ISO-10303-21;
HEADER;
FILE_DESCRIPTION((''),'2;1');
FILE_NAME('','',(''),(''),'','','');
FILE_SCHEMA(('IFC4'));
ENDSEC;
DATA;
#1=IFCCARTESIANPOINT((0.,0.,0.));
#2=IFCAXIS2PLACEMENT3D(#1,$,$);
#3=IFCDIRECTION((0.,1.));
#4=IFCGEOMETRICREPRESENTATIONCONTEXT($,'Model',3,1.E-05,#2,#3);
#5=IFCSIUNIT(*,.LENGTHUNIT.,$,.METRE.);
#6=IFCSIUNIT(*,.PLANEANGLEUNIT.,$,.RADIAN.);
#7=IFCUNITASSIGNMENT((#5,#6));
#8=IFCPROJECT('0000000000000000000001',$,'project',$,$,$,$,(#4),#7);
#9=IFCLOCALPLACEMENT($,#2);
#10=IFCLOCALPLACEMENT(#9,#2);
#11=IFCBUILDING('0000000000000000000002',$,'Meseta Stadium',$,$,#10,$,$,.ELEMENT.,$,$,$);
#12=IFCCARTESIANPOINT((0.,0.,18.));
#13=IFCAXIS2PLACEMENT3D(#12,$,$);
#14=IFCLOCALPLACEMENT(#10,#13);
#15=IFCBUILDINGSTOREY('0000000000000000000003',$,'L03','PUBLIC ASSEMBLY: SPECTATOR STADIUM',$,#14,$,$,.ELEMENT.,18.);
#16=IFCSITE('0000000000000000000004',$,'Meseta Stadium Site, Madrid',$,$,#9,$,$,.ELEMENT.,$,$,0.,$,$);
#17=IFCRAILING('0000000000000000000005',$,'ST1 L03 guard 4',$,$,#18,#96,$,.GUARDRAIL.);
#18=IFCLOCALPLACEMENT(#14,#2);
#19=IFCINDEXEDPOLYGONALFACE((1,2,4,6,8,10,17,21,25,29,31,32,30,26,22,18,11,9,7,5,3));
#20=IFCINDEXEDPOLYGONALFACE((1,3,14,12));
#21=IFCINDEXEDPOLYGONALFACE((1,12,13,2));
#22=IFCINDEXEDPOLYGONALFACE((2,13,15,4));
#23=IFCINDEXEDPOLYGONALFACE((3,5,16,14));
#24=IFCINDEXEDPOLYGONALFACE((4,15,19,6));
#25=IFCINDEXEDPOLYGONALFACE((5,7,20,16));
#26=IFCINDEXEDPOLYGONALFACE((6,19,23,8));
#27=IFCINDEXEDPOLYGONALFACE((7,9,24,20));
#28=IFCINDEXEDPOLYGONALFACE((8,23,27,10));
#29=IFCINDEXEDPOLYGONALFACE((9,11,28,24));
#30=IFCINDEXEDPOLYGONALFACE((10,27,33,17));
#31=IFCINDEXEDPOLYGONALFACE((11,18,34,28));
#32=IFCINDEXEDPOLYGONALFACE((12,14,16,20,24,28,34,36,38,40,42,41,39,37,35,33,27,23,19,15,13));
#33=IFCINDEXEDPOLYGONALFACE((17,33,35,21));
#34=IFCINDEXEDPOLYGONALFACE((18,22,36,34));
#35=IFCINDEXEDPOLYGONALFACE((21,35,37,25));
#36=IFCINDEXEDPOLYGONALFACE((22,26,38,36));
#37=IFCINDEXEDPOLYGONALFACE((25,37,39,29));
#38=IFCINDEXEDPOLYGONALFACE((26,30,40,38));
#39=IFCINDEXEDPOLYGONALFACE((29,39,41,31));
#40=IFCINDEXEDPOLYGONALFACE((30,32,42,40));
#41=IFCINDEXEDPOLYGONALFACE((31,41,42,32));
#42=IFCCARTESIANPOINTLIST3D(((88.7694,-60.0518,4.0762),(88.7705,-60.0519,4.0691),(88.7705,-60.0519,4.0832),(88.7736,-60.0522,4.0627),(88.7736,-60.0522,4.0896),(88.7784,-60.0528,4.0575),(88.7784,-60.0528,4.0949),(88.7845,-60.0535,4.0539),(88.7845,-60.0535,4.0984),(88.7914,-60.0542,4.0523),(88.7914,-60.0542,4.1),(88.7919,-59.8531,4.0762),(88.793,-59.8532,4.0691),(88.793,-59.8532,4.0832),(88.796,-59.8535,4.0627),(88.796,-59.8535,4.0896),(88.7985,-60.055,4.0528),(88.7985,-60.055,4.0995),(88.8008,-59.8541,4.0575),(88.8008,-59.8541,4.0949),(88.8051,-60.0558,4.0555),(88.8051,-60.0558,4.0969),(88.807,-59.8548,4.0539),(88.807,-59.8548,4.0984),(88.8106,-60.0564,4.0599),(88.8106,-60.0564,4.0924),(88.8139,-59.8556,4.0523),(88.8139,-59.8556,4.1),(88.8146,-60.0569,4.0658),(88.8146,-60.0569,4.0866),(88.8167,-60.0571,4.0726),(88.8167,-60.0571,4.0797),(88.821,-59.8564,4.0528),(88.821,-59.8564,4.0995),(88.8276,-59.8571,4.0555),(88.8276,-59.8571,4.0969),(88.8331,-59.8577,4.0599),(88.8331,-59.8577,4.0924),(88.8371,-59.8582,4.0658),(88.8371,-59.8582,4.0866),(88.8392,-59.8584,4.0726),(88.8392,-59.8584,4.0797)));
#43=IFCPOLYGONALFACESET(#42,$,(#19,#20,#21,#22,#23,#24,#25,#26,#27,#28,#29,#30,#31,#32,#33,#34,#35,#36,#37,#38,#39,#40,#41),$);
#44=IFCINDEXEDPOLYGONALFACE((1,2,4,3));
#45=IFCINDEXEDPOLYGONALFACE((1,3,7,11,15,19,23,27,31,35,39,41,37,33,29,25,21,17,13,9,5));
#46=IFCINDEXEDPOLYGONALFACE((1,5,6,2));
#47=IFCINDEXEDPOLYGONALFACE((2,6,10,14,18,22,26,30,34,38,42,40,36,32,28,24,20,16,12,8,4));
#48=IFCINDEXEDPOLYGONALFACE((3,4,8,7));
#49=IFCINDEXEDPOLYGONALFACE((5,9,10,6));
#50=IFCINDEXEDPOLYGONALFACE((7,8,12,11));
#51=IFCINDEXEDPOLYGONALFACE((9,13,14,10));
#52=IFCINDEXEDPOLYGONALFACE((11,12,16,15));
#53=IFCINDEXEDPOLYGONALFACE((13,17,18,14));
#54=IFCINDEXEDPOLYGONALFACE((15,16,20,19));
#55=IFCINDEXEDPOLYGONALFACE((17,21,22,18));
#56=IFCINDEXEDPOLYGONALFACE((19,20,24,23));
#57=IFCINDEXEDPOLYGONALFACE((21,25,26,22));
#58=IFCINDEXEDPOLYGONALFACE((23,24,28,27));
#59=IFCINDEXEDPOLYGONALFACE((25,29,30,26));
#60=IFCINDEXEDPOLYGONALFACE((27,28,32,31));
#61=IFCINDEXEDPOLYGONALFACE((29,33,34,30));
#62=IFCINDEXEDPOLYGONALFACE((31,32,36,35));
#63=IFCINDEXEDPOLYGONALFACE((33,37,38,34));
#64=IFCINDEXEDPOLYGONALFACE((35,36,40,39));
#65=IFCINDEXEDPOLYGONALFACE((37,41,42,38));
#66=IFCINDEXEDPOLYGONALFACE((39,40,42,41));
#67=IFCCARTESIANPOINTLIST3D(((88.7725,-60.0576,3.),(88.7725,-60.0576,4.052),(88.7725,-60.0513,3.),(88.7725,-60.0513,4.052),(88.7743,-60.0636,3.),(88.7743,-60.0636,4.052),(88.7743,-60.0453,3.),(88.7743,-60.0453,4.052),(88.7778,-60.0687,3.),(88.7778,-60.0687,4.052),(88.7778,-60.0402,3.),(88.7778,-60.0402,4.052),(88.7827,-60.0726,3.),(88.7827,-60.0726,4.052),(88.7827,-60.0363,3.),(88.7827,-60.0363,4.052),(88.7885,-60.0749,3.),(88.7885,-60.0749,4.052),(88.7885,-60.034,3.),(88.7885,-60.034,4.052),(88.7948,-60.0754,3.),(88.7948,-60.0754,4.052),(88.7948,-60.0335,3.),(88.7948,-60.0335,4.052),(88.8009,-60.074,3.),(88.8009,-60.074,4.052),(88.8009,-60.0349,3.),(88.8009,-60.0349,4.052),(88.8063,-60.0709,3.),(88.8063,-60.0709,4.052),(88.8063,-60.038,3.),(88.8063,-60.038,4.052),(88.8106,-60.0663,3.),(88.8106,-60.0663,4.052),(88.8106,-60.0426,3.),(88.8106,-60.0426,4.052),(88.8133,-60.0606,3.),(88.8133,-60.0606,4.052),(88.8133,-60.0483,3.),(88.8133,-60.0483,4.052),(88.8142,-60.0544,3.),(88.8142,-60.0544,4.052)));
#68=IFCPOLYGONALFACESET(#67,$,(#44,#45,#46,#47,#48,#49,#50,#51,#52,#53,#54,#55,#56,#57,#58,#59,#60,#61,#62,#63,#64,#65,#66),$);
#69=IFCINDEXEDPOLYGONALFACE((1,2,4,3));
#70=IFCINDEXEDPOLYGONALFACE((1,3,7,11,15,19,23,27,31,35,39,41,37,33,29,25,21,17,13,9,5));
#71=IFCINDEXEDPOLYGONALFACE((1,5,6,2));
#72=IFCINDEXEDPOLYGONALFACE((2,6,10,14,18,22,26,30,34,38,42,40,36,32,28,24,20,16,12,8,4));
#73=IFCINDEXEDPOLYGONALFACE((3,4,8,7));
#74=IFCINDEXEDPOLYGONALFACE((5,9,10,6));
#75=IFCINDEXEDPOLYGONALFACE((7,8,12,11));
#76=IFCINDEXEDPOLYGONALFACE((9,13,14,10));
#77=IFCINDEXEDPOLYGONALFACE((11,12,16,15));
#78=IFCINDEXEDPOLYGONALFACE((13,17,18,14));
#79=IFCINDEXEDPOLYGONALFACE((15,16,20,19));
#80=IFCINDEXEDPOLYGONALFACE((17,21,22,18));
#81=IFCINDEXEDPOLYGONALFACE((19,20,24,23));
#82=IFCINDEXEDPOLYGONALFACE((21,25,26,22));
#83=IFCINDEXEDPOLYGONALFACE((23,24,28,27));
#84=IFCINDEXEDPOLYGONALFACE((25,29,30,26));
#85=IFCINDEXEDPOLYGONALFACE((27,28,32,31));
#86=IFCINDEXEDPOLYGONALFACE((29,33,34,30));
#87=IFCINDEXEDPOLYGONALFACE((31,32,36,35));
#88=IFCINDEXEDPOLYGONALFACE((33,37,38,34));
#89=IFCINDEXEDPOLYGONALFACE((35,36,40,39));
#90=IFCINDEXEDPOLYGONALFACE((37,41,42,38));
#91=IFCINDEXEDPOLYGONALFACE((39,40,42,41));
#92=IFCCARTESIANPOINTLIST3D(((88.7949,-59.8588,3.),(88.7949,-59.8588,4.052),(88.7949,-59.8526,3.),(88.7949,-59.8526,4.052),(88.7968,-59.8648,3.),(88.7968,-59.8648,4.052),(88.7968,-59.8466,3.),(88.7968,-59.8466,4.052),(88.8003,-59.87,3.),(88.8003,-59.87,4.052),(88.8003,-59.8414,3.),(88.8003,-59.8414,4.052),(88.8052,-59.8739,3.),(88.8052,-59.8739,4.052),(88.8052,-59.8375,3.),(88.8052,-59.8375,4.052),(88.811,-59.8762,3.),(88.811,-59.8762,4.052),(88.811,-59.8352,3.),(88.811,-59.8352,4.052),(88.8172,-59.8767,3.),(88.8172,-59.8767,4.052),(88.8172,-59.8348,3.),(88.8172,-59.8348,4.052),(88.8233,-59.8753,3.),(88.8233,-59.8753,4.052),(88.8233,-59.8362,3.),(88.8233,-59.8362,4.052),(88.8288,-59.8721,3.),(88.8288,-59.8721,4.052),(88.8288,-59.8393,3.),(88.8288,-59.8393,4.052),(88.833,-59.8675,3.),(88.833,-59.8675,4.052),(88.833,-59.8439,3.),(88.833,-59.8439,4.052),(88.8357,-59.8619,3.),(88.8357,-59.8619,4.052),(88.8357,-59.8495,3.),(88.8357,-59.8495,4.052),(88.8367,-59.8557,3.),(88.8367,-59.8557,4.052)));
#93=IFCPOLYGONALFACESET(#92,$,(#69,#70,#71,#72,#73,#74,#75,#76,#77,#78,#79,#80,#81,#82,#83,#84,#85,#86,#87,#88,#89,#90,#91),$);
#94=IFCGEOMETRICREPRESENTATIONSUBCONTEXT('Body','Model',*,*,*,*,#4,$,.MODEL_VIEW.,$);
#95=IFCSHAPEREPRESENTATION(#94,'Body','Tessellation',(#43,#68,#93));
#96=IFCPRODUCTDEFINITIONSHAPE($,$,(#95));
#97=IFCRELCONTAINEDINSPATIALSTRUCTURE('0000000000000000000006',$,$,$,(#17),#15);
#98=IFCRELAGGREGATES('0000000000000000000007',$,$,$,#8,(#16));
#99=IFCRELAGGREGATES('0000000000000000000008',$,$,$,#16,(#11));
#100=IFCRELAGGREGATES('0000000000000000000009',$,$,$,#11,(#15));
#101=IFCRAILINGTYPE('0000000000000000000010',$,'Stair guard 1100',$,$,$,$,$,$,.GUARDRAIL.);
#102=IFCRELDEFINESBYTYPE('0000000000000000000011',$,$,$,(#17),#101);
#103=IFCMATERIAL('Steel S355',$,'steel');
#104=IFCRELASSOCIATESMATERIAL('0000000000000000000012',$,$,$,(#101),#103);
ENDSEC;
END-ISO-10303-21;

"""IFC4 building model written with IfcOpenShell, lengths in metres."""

from ifc_helpers import new_model, si_unit, direction, frame, origin, origin_2d, place, context, subcontext, project, spatial, circle, extrude, material, type_object, element, save


model = new_model("IFC4")

# Units and contexts
model_context = context("Model", 3, precision=1e-05, world=origin(), true_north=direction((0.0, 1.0)))
body_context = subcontext(model_context, "Body", "Model", "MODEL_VIEW")
ifc_project = project(units=[si_unit("LENGTHUNIT", "METRE"), si_unit("PLANEANGLEUNIT", "RADIAN")], contexts=[model_context])

# Site, building, storey
site_placement = place(None, origin())
site = spatial("IfcSite", under=ifc_project, at=site_placement, Name="Meseta Stadium Site, Madrid", CompositionType="ELEMENT", RefElevation=0.0)
building_placement = place(site_placement, origin())
building = spatial("IfcBuilding", under=site, at=building_placement, Name="Meseta Stadium", CompositionType="ELEMENT")
storey_placement = place(building_placement, frame((0.0, 0.0, 18.0)))
storey = spatial("IfcBuildingStorey", under=building, at=storey_placement, Name="L03", Description="PUBLIC ASSEMBLY: SPECTATOR STADIUM", CompositionType="ELEMENT", Elevation=18.0)

# Railing
ifc_material_1 = material(Name="Steel S355", Category="steel")
railing_type_1 = type_object("IfcRailingType", Name="Stair guard 1100", PredefinedType="GUARDRAIL", material=ifc_material_1)
railing_1_placement = place(storey_placement, frame((88.7932, -60.0544, 3.0)))
element("IfcRailing", 1, at=railing_1_placement, inside=storey, type_object=railing_type_1, Name="ST1 L03 guard 4", PredefinedType="GUARDRAIL", context=body_context, shape_type="SweptSolid", body=[
    extrude(circle(Radius=0.0239, at=origin_2d()), frame((0.0, 0.0, 1.0762), z_axis=(0.112307, 0.993674, 0.0), x_axis=(-0.993674, 0.112307, 0.0)), (0.0, 0.0, 1.0), 0.2),
    extrude(circle(Radius=0.021, at=origin_2d()), origin(), (0.0, 0.0, 1.0), 1.052),
    extrude(circle(Radius=0.021, at=origin_2d()), frame((0.0225, 0.1987, 0.0)), (0.0, 0.0, 1.0), 1.052),
])

save(model, "model.ifc")
